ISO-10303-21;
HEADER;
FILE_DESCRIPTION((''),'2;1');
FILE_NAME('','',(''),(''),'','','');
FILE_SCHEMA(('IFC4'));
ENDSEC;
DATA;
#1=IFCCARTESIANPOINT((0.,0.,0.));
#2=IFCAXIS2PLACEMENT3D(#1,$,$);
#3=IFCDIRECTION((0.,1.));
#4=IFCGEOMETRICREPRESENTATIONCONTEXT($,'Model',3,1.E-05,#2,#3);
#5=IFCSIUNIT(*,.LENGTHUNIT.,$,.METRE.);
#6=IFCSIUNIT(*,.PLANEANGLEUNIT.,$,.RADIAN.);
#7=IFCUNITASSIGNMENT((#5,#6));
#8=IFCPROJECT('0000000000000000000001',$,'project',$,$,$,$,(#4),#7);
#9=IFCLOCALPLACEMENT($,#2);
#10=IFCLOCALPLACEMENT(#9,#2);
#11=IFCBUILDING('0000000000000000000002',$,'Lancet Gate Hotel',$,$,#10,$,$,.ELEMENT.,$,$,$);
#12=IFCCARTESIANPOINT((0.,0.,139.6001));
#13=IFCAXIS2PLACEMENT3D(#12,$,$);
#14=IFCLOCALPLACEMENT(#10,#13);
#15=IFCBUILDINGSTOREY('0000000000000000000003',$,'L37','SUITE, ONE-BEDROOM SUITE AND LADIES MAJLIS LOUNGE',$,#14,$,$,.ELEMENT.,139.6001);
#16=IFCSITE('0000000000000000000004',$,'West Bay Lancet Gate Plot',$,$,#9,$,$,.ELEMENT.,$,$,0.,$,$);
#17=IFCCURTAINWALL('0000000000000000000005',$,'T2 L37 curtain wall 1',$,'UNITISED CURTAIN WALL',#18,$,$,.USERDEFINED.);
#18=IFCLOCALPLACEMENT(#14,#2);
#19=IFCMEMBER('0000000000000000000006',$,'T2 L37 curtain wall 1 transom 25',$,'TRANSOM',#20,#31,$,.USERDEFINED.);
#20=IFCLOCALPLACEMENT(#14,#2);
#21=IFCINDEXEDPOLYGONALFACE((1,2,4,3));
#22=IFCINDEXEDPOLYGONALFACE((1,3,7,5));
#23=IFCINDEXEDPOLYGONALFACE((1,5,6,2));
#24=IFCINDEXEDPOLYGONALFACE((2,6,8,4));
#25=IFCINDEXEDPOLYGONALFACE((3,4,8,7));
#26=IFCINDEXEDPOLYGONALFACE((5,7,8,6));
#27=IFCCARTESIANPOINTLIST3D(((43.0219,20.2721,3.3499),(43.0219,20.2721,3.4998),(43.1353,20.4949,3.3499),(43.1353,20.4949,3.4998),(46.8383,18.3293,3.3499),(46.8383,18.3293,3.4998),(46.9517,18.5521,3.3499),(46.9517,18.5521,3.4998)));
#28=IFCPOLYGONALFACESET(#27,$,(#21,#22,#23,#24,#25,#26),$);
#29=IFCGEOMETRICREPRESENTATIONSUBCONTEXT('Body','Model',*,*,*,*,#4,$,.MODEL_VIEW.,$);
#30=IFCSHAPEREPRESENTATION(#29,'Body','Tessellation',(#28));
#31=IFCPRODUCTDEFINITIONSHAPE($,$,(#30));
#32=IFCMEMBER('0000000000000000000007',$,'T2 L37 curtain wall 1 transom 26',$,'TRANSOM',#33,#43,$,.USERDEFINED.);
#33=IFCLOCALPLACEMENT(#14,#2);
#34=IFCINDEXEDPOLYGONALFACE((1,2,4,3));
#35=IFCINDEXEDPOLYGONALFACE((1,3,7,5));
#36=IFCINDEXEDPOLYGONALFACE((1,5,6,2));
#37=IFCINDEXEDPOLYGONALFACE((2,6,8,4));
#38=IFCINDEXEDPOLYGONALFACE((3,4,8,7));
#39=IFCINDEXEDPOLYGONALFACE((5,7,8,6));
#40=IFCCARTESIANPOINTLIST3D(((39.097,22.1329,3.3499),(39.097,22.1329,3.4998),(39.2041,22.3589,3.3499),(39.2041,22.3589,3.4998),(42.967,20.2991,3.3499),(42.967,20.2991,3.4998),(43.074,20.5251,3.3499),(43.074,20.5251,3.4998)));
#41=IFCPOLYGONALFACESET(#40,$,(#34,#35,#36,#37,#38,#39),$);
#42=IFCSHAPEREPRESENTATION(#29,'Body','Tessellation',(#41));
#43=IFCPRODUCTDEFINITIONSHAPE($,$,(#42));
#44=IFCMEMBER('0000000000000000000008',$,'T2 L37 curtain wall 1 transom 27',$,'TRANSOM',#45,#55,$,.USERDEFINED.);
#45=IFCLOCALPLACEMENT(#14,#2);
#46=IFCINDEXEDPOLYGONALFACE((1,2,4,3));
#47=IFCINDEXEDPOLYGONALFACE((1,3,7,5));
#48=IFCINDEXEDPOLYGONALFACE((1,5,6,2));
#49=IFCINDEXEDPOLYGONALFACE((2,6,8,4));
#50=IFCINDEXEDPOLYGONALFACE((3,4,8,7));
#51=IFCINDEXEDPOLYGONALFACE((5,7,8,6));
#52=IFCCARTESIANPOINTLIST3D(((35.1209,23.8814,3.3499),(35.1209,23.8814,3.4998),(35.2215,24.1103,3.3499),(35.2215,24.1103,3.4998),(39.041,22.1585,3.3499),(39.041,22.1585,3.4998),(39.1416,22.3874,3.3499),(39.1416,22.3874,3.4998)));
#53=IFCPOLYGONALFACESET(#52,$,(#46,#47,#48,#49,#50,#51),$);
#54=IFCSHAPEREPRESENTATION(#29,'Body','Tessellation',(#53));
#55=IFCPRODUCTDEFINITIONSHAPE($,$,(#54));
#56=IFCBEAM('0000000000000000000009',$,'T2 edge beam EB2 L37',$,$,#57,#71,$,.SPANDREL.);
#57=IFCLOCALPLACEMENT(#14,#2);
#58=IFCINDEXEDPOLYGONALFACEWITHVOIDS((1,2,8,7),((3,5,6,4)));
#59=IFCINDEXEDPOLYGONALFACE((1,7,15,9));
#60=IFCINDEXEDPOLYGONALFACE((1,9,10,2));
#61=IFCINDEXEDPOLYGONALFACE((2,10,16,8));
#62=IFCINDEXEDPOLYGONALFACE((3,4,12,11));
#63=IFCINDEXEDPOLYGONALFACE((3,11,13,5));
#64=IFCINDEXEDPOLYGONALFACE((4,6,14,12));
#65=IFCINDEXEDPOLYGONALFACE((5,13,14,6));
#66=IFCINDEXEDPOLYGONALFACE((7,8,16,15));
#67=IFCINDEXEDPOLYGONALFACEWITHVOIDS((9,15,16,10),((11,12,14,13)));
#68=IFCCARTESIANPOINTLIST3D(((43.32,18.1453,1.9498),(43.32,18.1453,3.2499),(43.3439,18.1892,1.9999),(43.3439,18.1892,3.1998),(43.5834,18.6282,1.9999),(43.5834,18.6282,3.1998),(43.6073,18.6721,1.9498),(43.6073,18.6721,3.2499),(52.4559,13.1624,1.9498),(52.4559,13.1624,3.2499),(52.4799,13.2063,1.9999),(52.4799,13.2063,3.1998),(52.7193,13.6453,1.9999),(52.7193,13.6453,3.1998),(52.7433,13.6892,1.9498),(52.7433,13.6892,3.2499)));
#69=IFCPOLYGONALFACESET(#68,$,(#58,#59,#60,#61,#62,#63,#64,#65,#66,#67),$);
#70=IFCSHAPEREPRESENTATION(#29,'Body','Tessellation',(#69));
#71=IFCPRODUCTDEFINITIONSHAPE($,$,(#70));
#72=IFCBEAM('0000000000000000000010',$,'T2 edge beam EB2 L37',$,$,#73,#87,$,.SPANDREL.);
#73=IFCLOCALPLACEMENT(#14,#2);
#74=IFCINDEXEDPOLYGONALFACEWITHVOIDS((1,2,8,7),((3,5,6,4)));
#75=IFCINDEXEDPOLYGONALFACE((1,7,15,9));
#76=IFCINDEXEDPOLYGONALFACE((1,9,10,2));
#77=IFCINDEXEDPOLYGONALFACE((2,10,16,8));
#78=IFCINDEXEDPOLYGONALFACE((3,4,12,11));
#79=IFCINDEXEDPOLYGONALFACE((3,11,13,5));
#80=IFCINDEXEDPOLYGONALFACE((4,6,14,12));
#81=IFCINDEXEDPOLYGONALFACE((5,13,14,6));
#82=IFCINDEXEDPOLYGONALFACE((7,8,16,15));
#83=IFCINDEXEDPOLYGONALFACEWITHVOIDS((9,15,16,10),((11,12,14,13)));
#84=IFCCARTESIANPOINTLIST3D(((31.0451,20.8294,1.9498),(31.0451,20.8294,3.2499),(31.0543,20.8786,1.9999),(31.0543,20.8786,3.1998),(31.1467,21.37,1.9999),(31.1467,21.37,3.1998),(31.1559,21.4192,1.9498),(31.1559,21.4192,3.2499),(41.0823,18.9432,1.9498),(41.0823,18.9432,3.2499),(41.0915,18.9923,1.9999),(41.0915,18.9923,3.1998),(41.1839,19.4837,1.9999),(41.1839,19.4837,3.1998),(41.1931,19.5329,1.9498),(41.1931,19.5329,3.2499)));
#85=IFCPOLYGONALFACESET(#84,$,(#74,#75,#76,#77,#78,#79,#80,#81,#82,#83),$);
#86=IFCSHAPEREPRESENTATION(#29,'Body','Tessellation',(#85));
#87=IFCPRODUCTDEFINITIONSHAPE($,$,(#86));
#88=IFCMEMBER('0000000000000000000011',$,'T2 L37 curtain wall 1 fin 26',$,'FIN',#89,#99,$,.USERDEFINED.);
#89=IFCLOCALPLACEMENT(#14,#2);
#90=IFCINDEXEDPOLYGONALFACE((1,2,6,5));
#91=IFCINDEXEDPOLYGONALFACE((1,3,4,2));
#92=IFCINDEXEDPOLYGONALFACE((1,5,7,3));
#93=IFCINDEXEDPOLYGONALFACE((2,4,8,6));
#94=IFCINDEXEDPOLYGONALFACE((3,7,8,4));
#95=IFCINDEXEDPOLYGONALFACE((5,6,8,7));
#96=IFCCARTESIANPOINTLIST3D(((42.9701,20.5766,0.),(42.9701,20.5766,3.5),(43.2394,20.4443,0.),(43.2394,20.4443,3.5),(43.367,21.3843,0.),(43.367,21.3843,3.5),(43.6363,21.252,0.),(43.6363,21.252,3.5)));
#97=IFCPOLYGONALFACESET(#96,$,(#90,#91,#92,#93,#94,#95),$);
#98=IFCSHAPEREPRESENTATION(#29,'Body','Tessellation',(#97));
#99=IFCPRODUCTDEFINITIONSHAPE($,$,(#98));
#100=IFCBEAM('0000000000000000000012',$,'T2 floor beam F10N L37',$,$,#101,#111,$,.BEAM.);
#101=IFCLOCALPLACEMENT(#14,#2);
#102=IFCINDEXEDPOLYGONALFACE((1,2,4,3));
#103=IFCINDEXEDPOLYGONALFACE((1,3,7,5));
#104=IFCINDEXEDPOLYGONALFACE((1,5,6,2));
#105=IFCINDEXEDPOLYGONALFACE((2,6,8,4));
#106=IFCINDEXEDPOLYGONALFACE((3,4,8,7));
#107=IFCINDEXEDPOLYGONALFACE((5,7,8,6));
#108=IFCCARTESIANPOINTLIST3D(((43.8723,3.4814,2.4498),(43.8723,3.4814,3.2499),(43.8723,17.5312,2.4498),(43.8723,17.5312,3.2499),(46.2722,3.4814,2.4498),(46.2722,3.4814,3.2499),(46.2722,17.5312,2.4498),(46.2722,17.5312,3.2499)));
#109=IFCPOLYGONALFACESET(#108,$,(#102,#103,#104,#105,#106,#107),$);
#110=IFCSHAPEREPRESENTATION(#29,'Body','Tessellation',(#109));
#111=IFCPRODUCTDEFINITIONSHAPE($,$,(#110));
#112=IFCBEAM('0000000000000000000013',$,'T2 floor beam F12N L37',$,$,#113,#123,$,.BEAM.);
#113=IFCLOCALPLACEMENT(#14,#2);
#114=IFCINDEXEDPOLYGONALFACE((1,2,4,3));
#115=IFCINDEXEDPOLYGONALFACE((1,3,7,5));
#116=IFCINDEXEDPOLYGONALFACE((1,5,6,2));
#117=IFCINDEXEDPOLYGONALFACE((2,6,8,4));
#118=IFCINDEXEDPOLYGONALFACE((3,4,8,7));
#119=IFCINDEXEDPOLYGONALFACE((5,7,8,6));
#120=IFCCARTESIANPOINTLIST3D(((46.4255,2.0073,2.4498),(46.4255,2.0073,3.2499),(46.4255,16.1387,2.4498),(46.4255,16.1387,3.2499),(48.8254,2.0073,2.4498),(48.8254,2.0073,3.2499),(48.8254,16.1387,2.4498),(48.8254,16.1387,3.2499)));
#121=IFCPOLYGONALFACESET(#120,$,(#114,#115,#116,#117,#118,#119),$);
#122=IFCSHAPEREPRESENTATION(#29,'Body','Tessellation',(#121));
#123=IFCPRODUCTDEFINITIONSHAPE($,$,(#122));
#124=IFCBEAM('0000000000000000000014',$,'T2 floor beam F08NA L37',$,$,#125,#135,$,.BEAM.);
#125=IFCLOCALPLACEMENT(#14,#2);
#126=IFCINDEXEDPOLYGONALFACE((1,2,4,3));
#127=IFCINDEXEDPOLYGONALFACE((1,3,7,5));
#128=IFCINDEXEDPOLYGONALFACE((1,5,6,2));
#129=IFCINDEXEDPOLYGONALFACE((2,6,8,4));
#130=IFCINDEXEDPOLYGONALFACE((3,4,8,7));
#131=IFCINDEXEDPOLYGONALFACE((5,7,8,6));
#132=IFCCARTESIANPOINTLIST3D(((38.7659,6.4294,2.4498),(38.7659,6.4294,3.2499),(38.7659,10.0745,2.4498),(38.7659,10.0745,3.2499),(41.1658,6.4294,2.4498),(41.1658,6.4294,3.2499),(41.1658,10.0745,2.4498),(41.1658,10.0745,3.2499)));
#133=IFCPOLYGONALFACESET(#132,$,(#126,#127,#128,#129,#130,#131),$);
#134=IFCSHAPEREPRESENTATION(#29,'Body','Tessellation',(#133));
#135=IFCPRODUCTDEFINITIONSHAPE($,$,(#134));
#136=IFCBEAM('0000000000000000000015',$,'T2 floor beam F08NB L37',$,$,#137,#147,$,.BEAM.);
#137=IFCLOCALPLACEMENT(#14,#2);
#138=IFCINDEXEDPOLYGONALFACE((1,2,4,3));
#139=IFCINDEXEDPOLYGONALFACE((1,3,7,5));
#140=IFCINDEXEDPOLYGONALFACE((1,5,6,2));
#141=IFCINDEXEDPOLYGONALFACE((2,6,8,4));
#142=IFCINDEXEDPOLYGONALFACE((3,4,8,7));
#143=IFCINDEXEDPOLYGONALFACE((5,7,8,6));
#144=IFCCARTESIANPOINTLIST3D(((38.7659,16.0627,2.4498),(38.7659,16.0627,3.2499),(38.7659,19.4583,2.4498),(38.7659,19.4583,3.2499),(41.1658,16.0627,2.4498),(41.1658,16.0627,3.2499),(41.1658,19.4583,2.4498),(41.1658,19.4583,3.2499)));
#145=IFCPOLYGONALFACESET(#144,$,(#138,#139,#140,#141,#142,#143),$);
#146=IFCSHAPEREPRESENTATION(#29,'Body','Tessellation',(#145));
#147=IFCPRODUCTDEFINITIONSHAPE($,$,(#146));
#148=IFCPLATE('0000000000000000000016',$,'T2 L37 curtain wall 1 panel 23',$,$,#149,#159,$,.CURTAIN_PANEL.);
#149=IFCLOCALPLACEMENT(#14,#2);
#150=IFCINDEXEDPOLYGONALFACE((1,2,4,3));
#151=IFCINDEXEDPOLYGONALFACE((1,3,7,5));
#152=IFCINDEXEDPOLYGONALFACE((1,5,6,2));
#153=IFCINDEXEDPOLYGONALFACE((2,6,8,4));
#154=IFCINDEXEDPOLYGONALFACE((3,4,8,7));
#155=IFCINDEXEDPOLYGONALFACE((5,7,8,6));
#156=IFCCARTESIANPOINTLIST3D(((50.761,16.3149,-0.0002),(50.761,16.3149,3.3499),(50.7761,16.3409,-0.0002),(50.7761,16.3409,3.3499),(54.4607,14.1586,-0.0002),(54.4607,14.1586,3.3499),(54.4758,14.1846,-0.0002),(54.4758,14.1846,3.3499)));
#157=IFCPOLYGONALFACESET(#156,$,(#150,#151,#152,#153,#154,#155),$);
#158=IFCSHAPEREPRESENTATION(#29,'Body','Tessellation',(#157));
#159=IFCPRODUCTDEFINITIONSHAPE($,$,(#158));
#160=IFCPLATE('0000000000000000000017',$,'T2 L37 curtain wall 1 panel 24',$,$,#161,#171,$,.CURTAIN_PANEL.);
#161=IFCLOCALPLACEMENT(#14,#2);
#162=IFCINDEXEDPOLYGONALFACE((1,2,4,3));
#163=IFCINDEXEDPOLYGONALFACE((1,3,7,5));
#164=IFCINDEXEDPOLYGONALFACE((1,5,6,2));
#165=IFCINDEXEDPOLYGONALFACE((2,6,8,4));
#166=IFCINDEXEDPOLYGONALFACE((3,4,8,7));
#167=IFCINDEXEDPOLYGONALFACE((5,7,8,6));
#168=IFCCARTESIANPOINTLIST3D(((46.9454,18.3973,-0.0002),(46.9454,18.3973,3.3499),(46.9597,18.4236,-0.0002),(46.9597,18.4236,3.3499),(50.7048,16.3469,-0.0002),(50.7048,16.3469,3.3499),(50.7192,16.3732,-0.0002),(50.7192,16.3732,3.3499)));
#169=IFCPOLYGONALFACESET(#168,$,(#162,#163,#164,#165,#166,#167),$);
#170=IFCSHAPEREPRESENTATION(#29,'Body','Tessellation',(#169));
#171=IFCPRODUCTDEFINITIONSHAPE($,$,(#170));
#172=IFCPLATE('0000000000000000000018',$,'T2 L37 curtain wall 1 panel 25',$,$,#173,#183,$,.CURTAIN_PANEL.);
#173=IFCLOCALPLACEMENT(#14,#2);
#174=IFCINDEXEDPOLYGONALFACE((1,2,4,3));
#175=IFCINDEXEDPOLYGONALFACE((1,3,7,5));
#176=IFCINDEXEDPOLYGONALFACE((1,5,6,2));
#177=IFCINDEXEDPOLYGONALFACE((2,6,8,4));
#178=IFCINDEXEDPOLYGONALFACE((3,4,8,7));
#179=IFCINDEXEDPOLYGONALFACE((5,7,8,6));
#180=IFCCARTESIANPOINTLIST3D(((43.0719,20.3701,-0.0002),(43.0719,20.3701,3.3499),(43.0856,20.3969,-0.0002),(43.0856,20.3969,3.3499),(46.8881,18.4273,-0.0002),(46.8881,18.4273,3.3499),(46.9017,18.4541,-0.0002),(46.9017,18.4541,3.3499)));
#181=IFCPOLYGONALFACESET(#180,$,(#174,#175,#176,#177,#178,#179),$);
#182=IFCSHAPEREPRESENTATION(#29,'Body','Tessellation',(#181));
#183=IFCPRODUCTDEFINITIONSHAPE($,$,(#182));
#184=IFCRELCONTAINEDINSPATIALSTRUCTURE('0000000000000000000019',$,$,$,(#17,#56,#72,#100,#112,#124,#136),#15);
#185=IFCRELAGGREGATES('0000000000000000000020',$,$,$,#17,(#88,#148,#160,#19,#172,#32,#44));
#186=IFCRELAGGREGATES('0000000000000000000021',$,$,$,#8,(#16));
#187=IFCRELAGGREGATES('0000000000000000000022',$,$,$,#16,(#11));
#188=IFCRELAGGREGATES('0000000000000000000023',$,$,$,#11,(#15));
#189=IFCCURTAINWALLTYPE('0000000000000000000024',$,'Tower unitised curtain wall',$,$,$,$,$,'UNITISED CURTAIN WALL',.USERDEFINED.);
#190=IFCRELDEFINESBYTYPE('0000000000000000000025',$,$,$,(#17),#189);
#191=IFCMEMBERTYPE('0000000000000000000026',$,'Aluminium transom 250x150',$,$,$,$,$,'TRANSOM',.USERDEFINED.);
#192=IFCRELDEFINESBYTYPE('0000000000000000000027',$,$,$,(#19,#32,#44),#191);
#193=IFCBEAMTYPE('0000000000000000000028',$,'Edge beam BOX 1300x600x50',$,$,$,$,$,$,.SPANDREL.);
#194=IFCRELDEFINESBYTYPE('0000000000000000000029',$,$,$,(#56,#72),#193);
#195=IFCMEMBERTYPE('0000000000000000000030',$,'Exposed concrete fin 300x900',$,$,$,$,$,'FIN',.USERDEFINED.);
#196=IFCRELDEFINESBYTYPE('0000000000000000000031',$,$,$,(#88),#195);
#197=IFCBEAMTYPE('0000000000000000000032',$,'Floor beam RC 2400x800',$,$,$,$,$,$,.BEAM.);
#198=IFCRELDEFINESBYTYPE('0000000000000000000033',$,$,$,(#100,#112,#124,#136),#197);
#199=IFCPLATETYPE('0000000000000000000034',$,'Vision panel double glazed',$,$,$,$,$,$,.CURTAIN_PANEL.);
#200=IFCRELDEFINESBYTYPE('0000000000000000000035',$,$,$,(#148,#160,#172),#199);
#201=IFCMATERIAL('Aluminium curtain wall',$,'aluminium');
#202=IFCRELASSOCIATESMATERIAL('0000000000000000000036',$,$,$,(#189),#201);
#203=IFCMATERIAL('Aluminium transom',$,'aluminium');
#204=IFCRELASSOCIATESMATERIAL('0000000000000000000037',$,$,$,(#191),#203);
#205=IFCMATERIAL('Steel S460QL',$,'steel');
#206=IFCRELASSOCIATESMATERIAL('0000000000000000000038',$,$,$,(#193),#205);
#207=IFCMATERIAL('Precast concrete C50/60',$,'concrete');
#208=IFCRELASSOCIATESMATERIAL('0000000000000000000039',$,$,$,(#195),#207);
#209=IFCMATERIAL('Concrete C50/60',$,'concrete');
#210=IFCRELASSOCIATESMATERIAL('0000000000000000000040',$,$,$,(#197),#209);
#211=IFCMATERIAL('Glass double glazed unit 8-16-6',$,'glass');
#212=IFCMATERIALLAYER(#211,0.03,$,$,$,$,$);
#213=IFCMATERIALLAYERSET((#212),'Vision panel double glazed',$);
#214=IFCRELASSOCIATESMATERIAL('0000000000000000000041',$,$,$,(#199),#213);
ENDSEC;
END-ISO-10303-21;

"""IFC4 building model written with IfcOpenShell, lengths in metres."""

from ifc_helpers import new_model, si_unit, direction, frame, origin, origin_2d, place, context, subcontext, project, spatial, rectangle, hollow_rectangle, extrude, material, layer, layer_set, material_profile, profile_set, type_object, element, aggregate, save


model = new_model("IFC4")

# Units and contexts
model_context = context("Model", 3, precision=1e-05, world=origin(), true_north=direction((0.0, 1.0)))
body_context = subcontext(model_context, "Body", "Model", "MODEL_VIEW")
ifc_project = project(units=[si_unit("LENGTHUNIT", "METRE"), si_unit("PLANEANGLEUNIT", "RADIAN")], contexts=[model_context])

# Site, building, storey
site_placement = place(None, origin())
site = spatial("IfcSite", under=ifc_project, at=site_placement, Name="West Bay Lancet Gate Plot", CompositionType="ELEMENT", RefElevation=0.0)
building_placement = place(site_placement, origin())
building = spatial("IfcBuilding", under=site, at=building_placement, Name="Lancet Gate Hotel", CompositionType="ELEMENT")
storey_placement = place(building_placement, frame((0.0, 0.0, 139.6001)))
storey = spatial("IfcBuildingStorey", under=building, at=storey_placement, Name="L37", Description="SUITE, ONE-BEDROOM SUITE AND LADIES MAJLIS LOUNGE", CompositionType="ELEMENT", Elevation=139.6001)

# Curtain wall, members
ifc_material_1 = material(Name="Aluminium curtain wall", Category="aluminium")
curtain_wall_type = type_object("IfcCurtainWallType", Name="Tower unitised curtain wall", ElementType="UNITISED CURTAIN WALL", PredefinedType="USERDEFINED", material=ifc_material_1)
curtain_wall_placement = place(storey_placement, origin())
curtain_wall = element("IfcCurtainWall", 1, at=curtain_wall_placement, inside=storey, type_object=curtain_wall_type, Name="T2 L37 curtain wall 1", ObjectType="UNITISED CURTAIN WALL", PredefinedType="USERDEFINED")
ifc_material_2 = material(Name="Aluminium transom", Category="aluminium")
ifc_material_profile_1 = material_profile(ifc_material_2, rectangle(XDim=0.25, YDim=0.1499, at=origin_2d()), Name="TRANSOM 250x150")
ifc_profile_set_1 = profile_set([ifc_material_profile_1], Name="Aluminium transom")
member_type_1 = type_object("IfcMemberType", Name="Aluminium transom 250x150", ElementType="TRANSOM", PredefinedType="USERDEFINED", material=ifc_profile_set_1)
member_1_placement = place(storey_placement, frame((46.895, 18.4407, 3.4248), z_axis=(-0.891166, 0.453678, 0.0), x_axis=(-0.453678, -0.891166, 0.0)))
member_1 = element("IfcMember", 2, at=member_1_placement, type_object=member_type_1, Name="T2 L37 curtain wall 1 transom 25", ObjectType="TRANSOM", PredefinedType="USERDEFINED", context=body_context, shape_type="SweptSolid", body=[
    extrude(rectangle(XDim=0.25, YDim=0.1499, at=origin_2d()), origin(), (0.0, 0.0, 1.0), 4.2825),
])
member_2_placement = place(storey_placement, frame((43.0205, 20.4121, 3.4248), z_axis=(-0.90368, 0.428209, 0.0), x_axis=(-0.428209, -0.90368, 0.0)))
member_2 = element("IfcMember", 3, at=member_2_placement, type_object=member_type_1, Name="T2 L37 curtain wall 1 transom 26", ObjectType="TRANSOM", PredefinedType="USERDEFINED", context=body_context, shape_type="SweptSolid", body=[
    extrude(rectangle(XDim=0.25, YDim=0.1499, at=origin_2d()), origin(), (0.0, 0.0, 1.0), 4.2825),
])
member_3_placement = place(storey_placement, frame((39.0913, 22.2729, 3.4248), z_axis=(-0.915485, 0.402353, 0.0), x_axis=(-0.402353, -0.915485, 0.0)))
member_3 = element("IfcMember", 4, at=member_3_placement, type_object=member_type_1, Name="T2 L37 curtain wall 1 transom 27", ObjectType="TRANSOM", PredefinedType="USERDEFINED", context=body_context, shape_type="SweptSolid", body=[
    extrude(rectangle(XDim=0.25, YDim=0.1499, at=origin_2d()), origin(), (0.0, 0.0, 1.0), 4.282),
])

# Beams
ifc_material_3 = material(Name="Steel S460QL", Category="steel")
ifc_material_profile_2 = material_profile(ifc_material_3, hollow_rectangle(XDim=0.6001, YDim=1.3, WallThickness=0.05, at=origin_2d()), Name="BOX 1300x600x50")
ifc_profile_set_2 = profile_set([ifc_material_profile_2], Name="Steel S460QL")
beam_type_1 = type_object("IfcBeamType", Name="Edge beam BOX 1300x600x50", PredefinedType="SPANDREL", material=ifc_profile_set_2)
beam_1_placement = place(storey_placement, frame((52.5996, 13.4258, 2.5999), z_axis=(-0.87791, 0.478826, 0.0), x_axis=(-0.478826, -0.87791, 0.0)))
element("IfcBeam", 5, at=beam_1_placement, inside=storey, type_object=beam_type_1, Name="T2 edge beam EB2 L37", PredefinedType="SPANDREL", context=body_context, shape_type="SweptSolid", body=[
    extrude(hollow_rectangle(XDim=0.6001, YDim=1.3, WallThickness=0.05, at=origin_2d()), origin(), (0.0, 0.0, 1.0), 10.4065),
])
beam_2_placement = place(storey_placement, frame((41.1377, 19.238, 2.5999), z_axis=(-0.982796, 0.184693, 0.0), x_axis=(-0.184693, -0.982796, 0.0)))
element("IfcBeam", 6, at=beam_2_placement, inside=storey, type_object=beam_type_1, Name="T2 edge beam EB2 L37", PredefinedType="SPANDREL", context=body_context, shape_type="SweptSolid", body=[
    extrude(hollow_rectangle(XDim=0.6001, YDim=1.3, WallThickness=0.05, at=origin_2d()), origin(), (0.0, 0.0, 1.0), 10.2129),
])

# Member
ifc_material_4 = material(Name="Precast concrete C50/60", Category="concrete")
ifc_material_profile_3 = material_profile(ifc_material_4, rectangle(XDim=0.3, YDim=0.8999, at=origin_2d()), Name="FIN 300x900")
ifc_profile_set_3 = profile_set([ifc_material_profile_3], Name="Precast concrete C50/60")
member_type_2 = type_object("IfcMemberType", Name="Exposed concrete fin 300x900", ElementType="FIN", PredefinedType="USERDEFINED", material=ifc_profile_set_3)
member_4_placement = place(storey_placement, frame((43.3032, 20.9143, 0.0), z_axis=(0.0, 0.0, 1.0), x_axis=(-0.897512, 0.44099, 0.0)))
member_4 = element("IfcMember", 7, at=member_4_placement, type_object=member_type_2, Name="T2 L37 curtain wall 1 fin 26", ObjectType="FIN", PredefinedType="USERDEFINED", context=body_context, shape_type="SweptSolid", body=[
    extrude(rectangle(XDim=0.3, YDim=0.8999, at=origin_2d()), origin(), (0.0, 0.0, 1.0), 3.5),
])

# Beams
ifc_material_5 = material(Name="Concrete C50/60", Category="concrete")
ifc_material_profile_4 = material_profile(ifc_material_5, rectangle(XDim=2.3999, YDim=0.8, at=origin_2d()), Name="RC 2400x800")
ifc_profile_set_4 = profile_set([ifc_material_profile_4], Name="Concrete C50/60")
beam_type_2 = type_object("IfcBeamType", Name="Floor beam RC 2400x800", PredefinedType="BEAM", material=ifc_profile_set_4)
beam_3_placement = place(storey_placement, frame((45.0723, 3.4814, 2.8499), z_axis=(0.0, 1.0, 0.0), x_axis=(-1.0, 0.0, 0.0)))
element("IfcBeam", 8, at=beam_3_placement, inside=storey, type_object=beam_type_2, Name="T2 floor beam F10N L37", PredefinedType="BEAM", context=body_context, shape_type="SweptSolid", body=[
    extrude(rectangle(XDim=2.3999, YDim=0.8, at=origin_2d()), origin(), (0.0, 0.0, 1.0), 14.0498),
])
beam_4_placement = place(storey_placement, frame((47.6255, 2.0073, 2.8499), z_axis=(0.0, 1.0, 0.0), x_axis=(-1.0, 0.0, 0.0)))
element("IfcBeam", 9, at=beam_4_placement, inside=storey, type_object=beam_type_2, Name="T2 floor beam F12N L37", PredefinedType="BEAM", context=body_context, shape_type="SweptSolid", body=[
    extrude(rectangle(XDim=2.3999, YDim=0.8, at=origin_2d()), origin(), (0.0, 0.0, 1.0), 14.1313),
])
beam_5_placement = place(storey_placement, frame((39.9658, 6.4294, 2.8499), z_axis=(0.0, 1.0, 0.0), x_axis=(-1.0, 0.0, 0.0)))
element("IfcBeam", 10, at=beam_5_placement, inside=storey, type_object=beam_type_2, Name="T2 floor beam F08NA L37", PredefinedType="BEAM", context=body_context, shape_type="SweptSolid", body=[
    extrude(rectangle(XDim=2.3999, YDim=0.8, at=origin_2d()), origin(), (0.0, 0.0, 1.0), 3.645),
])
beam_6_placement = place(storey_placement, frame((39.9658, 16.0627, 2.8499), z_axis=(0.0, 1.0, 0.0), x_axis=(-1.0, 0.0, 0.0)))
element("IfcBeam", 11, at=beam_6_placement, inside=storey, type_object=beam_type_2, Name="T2 floor beam F08NB L37", PredefinedType="BEAM", context=body_context, shape_type="SweptSolid", body=[
    extrude(rectangle(XDim=2.3999, YDim=0.8, at=origin_2d()), origin(), (0.0, 0.0, 1.0), 3.3955),
])

# Plates
ifc_material_6 = material(Name="Glass double glazed unit 8-16-6", Category="glass")
ifc_layer_1 = layer(ifc_material_6, 0.03)
ifc_layer_set_1 = layer_set([ifc_layer_1], Name="Vision panel double glazed")
plate_type = type_object("IfcPlateType", Name="Vision panel double glazed", PredefinedType="CURTAIN_PANEL", material=ifc_layer_set_1)
plate_1_placement = place(storey_placement, frame((52.6184, 15.2498, -0.0002), z_axis=(0.0, 0.0, 1.0), x_axis=(-0.863966, 0.503551, 0.0)))
plate_1 = element("IfcPlate", 12, at=plate_1_placement, type_object=plate_type, Name="T2 L37 curtain wall 1 panel 23", PredefinedType="CURTAIN_PANEL", context=body_context, shape_type="SweptSolid", body=[
    extrude(rectangle(XDim=4.2822, YDim=0.03, at=origin_2d()), origin(), (0.0, 0.0, 1.0), 3.3501),
])
plate_2_placement = place(storey_placement, frame((48.8323, 17.3853, -0.0002), z_axis=(0.0, 0.0, 1.0), x_axis=(-0.877916, 0.478814, 0.0)))
plate_2 = element("IfcPlate", 13, at=plate_2_placement, type_object=plate_type, Name="T2 L37 curtain wall 1 panel 24", PredefinedType="CURTAIN_PANEL", context=body_context, shape_type="SweptSolid", body=[
    extrude(rectangle(XDim=4.2822, YDim=0.03, at=origin_2d()), origin(), (0.0, 0.0, 1.0), 3.3501),
])
plate_3_placement = place(storey_placement, frame((44.9868, 19.4121, -0.0002), z_axis=(0.0, 0.0, 1.0), x_axis=(-0.891159, 0.45369, 0.0)))
plate_3 = element("IfcPlate", 14, at=plate_3_placement, type_object=plate_type, Name="T2 L37 curtain wall 1 panel 25", PredefinedType="CURTAIN_PANEL", context=body_context, shape_type="SweptSolid", body=[
    extrude(rectangle(XDim=4.2822, YDim=0.03, at=origin_2d()), origin(), (0.0, 0.0, 1.0), 3.3501),
])
aggregate(curtain_wall, [member_4, plate_1, plate_2, member_1, plate_3, member_2, member_3])

save(model, "model.ifc")
